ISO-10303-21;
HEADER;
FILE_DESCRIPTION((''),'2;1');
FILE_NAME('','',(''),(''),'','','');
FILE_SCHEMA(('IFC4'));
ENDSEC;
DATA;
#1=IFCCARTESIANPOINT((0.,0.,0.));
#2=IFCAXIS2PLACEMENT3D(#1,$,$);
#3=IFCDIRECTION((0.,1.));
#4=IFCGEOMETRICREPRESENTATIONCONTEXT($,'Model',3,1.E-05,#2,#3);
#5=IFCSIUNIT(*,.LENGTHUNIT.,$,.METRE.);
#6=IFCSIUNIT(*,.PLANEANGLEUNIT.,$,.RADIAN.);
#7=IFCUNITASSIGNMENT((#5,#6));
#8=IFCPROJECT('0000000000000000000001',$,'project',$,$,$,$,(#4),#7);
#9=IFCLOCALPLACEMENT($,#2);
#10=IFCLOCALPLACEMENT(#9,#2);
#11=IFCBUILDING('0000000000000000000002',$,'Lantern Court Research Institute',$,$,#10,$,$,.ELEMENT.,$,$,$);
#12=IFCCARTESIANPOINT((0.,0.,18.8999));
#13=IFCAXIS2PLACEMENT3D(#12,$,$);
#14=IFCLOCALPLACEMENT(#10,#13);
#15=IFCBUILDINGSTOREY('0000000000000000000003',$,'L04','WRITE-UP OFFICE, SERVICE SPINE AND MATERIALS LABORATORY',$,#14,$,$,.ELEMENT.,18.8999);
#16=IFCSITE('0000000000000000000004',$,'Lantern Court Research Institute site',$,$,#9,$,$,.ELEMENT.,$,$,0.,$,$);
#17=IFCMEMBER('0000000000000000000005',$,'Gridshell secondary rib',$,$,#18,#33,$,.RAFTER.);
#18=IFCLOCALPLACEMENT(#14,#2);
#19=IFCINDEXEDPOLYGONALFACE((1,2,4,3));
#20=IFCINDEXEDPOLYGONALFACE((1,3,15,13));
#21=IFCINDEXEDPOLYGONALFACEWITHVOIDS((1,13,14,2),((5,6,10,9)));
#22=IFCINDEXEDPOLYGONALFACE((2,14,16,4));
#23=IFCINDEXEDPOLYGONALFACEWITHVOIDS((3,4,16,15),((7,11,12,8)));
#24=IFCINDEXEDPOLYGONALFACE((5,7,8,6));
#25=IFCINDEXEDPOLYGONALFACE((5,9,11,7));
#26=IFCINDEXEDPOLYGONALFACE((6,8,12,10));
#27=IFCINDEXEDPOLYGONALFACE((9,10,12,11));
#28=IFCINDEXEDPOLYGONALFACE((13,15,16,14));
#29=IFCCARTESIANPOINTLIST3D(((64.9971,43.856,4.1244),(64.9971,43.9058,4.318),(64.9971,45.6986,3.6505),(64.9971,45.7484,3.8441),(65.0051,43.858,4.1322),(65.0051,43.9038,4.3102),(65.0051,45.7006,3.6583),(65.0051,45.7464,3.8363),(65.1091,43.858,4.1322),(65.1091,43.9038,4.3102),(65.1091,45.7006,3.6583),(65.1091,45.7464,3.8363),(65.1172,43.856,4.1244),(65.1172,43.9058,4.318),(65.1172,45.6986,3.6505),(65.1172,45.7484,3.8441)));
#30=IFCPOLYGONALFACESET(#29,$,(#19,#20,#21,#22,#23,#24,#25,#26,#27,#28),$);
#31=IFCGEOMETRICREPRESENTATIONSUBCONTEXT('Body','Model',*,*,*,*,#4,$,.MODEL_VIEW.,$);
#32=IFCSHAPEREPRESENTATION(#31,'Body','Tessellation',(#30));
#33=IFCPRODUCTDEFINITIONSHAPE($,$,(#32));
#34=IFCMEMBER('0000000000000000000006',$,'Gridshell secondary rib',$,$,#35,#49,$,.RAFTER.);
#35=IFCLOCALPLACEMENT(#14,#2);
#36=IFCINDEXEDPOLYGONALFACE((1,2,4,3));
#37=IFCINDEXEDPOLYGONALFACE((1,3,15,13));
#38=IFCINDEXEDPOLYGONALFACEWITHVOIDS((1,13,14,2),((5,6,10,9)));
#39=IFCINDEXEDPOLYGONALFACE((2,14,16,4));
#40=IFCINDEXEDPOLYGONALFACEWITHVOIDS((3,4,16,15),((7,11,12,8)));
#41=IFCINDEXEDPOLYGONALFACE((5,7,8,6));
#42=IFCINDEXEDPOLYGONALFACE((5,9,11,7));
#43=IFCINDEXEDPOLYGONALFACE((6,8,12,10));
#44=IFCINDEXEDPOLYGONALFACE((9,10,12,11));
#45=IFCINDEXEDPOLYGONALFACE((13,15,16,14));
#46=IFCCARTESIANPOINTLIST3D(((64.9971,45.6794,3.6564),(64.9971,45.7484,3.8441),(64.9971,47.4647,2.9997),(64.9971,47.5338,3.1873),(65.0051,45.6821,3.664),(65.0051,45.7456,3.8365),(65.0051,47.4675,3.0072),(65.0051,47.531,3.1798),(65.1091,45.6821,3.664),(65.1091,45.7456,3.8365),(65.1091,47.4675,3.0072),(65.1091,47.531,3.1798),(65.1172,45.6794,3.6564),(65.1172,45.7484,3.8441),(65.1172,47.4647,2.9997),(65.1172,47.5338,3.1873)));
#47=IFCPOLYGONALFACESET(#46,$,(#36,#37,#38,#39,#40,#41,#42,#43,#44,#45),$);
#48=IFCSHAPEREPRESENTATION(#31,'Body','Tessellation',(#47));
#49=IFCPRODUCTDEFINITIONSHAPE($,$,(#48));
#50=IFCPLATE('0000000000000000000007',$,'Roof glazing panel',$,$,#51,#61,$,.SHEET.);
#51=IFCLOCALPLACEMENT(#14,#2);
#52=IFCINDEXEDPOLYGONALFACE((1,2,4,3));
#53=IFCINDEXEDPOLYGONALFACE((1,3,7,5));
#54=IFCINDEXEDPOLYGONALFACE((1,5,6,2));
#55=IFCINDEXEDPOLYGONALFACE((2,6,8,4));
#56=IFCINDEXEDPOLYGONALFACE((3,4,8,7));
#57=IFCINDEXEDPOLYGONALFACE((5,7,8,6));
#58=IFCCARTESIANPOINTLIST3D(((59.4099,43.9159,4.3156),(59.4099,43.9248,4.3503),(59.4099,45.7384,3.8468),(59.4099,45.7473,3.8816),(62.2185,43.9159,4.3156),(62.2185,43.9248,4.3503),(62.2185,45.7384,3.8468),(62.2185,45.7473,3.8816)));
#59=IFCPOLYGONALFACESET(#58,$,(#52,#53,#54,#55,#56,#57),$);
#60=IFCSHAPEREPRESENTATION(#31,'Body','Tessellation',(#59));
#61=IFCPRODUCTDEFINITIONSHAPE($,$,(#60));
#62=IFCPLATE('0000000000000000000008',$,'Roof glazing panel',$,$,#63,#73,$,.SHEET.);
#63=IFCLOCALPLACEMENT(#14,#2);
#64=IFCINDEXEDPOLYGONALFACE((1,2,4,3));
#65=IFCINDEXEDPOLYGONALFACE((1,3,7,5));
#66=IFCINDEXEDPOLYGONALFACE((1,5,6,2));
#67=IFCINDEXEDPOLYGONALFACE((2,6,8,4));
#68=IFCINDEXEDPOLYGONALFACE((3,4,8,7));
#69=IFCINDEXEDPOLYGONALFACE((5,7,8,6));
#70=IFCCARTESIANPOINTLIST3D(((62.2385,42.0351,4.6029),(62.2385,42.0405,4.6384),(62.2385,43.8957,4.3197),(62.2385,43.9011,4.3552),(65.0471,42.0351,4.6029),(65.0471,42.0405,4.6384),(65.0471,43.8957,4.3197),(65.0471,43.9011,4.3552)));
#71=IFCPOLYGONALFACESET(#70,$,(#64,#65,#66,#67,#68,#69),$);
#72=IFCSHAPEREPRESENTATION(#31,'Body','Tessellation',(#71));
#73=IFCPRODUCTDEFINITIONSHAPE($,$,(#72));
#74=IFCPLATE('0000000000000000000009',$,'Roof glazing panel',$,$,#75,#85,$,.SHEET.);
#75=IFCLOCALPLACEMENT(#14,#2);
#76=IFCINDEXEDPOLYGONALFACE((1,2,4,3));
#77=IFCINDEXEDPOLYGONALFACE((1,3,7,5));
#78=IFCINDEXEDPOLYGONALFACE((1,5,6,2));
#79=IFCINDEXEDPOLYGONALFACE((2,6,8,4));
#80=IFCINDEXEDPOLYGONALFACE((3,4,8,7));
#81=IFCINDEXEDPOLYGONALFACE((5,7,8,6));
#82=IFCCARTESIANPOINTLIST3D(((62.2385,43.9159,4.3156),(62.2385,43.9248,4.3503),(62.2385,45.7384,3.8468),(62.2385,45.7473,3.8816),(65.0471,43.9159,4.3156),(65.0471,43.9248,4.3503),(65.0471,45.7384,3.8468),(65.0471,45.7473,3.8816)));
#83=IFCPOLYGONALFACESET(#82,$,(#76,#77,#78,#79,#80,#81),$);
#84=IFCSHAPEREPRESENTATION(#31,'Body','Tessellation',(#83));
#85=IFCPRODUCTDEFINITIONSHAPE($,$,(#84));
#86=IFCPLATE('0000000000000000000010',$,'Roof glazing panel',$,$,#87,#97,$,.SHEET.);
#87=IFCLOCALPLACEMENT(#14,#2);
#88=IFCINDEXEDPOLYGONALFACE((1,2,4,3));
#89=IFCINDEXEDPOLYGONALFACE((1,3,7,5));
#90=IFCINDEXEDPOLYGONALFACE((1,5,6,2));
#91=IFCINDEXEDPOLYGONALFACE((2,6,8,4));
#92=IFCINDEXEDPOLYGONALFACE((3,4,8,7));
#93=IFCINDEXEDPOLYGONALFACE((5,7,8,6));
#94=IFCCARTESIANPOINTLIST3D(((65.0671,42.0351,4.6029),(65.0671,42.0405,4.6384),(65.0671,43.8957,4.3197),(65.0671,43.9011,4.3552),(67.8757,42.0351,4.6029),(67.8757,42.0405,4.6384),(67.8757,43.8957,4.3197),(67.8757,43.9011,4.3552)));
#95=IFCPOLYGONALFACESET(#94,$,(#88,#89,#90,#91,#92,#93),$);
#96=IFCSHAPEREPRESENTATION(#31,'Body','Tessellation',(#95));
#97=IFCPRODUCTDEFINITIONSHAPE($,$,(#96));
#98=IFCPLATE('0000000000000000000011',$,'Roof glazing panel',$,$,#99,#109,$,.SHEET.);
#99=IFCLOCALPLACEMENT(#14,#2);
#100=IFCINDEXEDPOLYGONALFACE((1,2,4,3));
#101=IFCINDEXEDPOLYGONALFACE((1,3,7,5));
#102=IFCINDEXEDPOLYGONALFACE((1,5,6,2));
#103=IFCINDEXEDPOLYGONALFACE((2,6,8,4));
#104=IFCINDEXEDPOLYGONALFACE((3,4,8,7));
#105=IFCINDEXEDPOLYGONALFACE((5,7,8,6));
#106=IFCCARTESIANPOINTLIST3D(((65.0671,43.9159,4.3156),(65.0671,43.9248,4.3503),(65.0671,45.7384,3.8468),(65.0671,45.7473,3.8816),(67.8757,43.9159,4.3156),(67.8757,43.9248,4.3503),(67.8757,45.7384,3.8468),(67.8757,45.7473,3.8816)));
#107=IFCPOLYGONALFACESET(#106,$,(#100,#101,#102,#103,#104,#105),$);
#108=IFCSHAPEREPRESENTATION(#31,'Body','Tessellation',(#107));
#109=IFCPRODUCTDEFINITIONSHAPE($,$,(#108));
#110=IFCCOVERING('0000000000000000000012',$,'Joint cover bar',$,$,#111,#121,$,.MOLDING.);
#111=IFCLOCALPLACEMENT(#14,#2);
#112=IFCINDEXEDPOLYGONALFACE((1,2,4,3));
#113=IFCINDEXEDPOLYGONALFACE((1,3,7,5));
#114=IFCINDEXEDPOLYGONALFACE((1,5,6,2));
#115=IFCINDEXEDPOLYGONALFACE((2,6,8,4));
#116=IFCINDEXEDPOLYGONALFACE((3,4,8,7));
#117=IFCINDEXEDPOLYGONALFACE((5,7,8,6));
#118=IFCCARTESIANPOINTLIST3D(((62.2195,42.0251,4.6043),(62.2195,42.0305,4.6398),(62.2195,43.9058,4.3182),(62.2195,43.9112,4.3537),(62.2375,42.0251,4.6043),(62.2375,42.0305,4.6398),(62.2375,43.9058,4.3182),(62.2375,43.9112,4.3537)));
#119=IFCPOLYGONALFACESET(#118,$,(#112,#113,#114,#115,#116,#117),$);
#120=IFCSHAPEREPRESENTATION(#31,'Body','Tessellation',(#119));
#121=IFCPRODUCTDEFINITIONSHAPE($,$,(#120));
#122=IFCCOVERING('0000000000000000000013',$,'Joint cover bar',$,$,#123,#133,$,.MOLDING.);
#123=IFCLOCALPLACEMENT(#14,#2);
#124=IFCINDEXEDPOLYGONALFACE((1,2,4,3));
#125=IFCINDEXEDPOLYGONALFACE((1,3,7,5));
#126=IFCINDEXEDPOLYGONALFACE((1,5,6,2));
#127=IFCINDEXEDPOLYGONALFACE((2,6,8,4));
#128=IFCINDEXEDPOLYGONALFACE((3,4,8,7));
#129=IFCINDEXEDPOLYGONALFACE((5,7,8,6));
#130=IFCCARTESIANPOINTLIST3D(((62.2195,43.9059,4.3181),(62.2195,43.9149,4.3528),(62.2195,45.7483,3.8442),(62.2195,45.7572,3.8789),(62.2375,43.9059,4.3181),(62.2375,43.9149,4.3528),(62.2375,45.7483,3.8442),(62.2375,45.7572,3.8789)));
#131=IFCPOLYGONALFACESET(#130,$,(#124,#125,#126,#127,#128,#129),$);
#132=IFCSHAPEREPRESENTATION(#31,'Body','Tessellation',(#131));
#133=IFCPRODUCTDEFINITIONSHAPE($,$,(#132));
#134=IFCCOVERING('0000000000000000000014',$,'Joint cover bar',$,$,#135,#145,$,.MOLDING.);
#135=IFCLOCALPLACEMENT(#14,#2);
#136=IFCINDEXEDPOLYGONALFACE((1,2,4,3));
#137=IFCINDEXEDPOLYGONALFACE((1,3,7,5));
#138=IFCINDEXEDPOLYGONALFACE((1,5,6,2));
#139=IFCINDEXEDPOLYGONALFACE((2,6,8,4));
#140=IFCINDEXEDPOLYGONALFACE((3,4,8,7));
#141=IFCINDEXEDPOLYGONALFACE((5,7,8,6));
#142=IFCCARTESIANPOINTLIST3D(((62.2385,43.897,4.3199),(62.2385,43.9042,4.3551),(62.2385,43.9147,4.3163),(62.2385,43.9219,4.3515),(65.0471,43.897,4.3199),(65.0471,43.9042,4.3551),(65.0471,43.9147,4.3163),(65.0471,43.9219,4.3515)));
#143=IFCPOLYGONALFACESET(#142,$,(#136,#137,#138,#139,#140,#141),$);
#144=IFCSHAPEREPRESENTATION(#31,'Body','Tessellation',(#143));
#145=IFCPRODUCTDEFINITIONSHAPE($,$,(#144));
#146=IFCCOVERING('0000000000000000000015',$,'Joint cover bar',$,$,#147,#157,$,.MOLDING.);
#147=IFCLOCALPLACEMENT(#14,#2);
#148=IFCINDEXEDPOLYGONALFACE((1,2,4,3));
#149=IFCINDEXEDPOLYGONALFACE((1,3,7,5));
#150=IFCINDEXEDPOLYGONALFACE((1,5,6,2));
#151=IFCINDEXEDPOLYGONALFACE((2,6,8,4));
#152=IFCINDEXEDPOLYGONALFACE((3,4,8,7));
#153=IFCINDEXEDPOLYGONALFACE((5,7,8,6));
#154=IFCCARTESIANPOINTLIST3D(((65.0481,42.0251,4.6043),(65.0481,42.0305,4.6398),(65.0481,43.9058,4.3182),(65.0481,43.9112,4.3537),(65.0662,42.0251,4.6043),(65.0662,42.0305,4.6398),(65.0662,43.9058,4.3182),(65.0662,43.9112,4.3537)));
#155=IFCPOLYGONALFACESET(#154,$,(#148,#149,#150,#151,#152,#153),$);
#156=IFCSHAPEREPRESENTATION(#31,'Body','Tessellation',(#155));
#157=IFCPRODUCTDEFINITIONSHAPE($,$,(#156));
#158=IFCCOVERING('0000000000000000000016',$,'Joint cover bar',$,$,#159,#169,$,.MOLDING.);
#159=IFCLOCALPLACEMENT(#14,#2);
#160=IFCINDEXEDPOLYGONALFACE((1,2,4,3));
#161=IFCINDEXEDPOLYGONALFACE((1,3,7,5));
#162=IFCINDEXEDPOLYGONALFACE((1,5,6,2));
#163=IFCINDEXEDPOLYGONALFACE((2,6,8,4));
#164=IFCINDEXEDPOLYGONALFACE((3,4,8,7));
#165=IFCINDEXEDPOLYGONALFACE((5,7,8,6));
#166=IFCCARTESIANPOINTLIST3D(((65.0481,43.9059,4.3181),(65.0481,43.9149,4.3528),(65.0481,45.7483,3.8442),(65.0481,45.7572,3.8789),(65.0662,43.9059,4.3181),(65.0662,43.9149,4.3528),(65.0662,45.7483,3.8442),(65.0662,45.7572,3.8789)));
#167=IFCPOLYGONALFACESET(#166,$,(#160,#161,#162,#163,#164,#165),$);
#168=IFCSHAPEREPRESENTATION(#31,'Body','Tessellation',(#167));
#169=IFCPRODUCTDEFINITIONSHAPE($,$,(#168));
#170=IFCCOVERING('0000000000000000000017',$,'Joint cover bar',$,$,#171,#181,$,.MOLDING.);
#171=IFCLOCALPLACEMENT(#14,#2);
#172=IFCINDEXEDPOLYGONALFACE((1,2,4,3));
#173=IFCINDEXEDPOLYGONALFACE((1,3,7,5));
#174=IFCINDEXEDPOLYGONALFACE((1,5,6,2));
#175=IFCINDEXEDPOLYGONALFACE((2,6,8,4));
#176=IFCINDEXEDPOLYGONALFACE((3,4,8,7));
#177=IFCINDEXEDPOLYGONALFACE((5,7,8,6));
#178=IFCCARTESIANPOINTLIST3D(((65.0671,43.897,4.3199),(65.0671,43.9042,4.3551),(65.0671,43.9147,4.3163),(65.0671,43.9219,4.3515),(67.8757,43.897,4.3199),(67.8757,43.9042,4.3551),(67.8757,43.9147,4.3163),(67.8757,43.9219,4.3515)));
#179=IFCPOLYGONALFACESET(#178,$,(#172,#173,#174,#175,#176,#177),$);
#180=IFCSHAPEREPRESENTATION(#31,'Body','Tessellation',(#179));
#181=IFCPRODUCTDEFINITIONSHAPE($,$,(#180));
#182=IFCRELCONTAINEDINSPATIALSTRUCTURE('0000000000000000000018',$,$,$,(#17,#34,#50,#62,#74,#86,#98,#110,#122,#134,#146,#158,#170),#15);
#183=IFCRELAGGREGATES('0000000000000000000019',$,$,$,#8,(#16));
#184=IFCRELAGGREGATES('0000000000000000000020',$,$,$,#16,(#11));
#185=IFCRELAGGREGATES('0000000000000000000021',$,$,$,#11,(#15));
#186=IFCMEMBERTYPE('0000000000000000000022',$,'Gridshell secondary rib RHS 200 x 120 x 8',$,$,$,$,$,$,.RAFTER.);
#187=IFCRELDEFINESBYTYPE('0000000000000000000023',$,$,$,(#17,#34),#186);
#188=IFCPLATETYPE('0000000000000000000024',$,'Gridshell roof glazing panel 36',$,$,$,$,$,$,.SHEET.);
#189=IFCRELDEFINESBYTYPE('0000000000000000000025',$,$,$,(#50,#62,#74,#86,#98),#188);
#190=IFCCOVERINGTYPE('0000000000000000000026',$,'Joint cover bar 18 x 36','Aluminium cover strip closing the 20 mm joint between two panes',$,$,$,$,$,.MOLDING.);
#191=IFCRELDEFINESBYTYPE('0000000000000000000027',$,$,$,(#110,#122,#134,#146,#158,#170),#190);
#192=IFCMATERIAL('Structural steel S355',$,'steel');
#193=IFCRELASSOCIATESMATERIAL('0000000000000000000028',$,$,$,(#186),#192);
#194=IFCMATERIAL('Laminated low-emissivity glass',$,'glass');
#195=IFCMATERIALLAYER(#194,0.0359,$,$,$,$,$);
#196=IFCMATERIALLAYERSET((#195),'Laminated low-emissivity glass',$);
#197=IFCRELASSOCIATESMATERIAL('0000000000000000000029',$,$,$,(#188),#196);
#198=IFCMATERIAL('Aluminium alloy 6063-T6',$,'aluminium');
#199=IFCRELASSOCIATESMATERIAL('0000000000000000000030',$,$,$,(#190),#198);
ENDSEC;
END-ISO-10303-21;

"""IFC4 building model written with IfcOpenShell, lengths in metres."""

from ifc_helpers import new_model, si_unit, direction, frame, origin, origin_2d, place, context, subcontext, project, spatial, polyline, rectangle, hollow_rectangle, outline, extrude, material, layer, layer_set, material_profile, profile_set, type_object, element, save


model = new_model("IFC4")

# Units and contexts
model_context = context("Model", 3, precision=1e-05, world=origin(), true_north=direction((0.0, 1.0)))
body_context = subcontext(model_context, "Body", "Model", "MODEL_VIEW")
ifc_project = project(units=[si_unit("LENGTHUNIT", "METRE"), si_unit("PLANEANGLEUNIT", "RADIAN")], contexts=[model_context])

# Site, building, storey
site_placement = place(None, origin())
site = spatial("IfcSite", under=ifc_project, at=site_placement, Name="Lantern Court Research Institute site", CompositionType="ELEMENT", RefElevation=0.0)
building_placement = place(site_placement, origin())
building = spatial("IfcBuilding", under=site, at=building_placement, Name="Lantern Court Research Institute", CompositionType="ELEMENT")
storey_placement = place(building_placement, frame((0.0, 0.0, 18.8999)))
storey = spatial("IfcBuildingStorey", under=building, at=storey_placement, Name="L04", Description="WRITE-UP OFFICE, SERVICE SPINE AND MATERIALS LABORATORY", CompositionType="ELEMENT", Elevation=18.8999)

# Members
ifc_material_1 = material(Name="Structural steel S355", Category="steel")
ifc_material_profile_1 = material_profile(ifc_material_1, hollow_rectangle(XDim=0.1201, YDim=0.2, WallThickness=0.0081, at=origin_2d()), Name="Gridshell secondary rib RHS 200 x 120 x 8")
ifc_profile_set_1 = profile_set([ifc_material_profile_1], Name="Structural steel S355")
member_type_1 = type_object("IfcMemberType", Name="Gridshell secondary rib RHS 200 x 120 x 8", PredefinedType="RAFTER", material=ifc_profile_set_1)
member_1_placement = place(storey_placement, frame((65.0571, 43.8809, 4.2212), z_axis=(0.0, 0.968482, -0.249082), x_axis=(-1.0, 0.0, 0.0)))
element("IfcMember", 1, at=member_1_placement, inside=storey, type_object=member_type_1, Name="Gridshell secondary rib", PredefinedType="RAFTER", context=body_context, shape_type="SweptSolid", body=[
    extrude(hollow_rectangle(XDim=0.1201, YDim=0.2, WallThickness=0.0081, at=origin_2d()), origin(), (0.0, 0.0, 1.0), 1.9026),
])
member_2_placement = place(storey_placement, frame((65.0571, 45.7139, 3.7502), z_axis=(0.0, 0.93852, -0.345224), x_axis=(-1.0, 0.0, 0.0)))
element("IfcMember", 2, at=member_2_placement, inside=storey, type_object=member_type_1, Name="Gridshell secondary rib", PredefinedType="RAFTER", context=body_context, shape_type="SweptSolid", body=[
    extrude(hollow_rectangle(XDim=0.1201, YDim=0.2, WallThickness=0.0081, at=origin_2d()), origin(), (0.0, 0.0, 1.0), 1.9023),
])

# Plates
ifc_material_2 = material(Name="Laminated low-emissivity glass", Category="glass")
ifc_layer = layer(ifc_material_2, 0.0359)
ifc_layer_set = layer_set([ifc_layer], Name="Laminated low-emissivity glass")
plate_type = type_object("IfcPlateType", Name="Gridshell roof glazing panel 36", PredefinedType="SHEET", material=ifc_layer_set)
plate_1_placement = place(storey_placement, frame((62.2185, 43.9248, 4.3503), z_axis=(0.0, 0.249093, 0.96848), x_axis=(-1.0, 0.0, 0.0)))
element("IfcPlate", 3, at=plate_1_placement, inside=storey, type_object=plate_type, Name="Roof glazing panel", PredefinedType="SHEET", context=body_context, shape_type="SweptSolid", body=[
    extrude(outline(polyline([(0.0, 0.0), (2.8086, 0.0), (2.8086, -1.8818), (0.0, -1.8818), (0.0, 0.0)])), origin(), (0.0, 0.0, -1.0), 0.0359),
])
plate_2_placement = place(storey_placement, frame((65.0471, 42.0405, 4.6384), z_axis=(0.0, 0.150478, 0.988613), x_axis=(-1.0, 0.0, 0.0)))
element("IfcPlate", 4, at=plate_2_placement, inside=storey, type_object=plate_type, Name="Roof glazing panel", PredefinedType="SHEET", context=body_context, shape_type="SweptSolid", body=[
    extrude(outline(polyline([(0.0, 0.0), (2.8086, 0.0), (2.8086, -1.882), (0.0, -1.882), (0.0, 0.0)])), origin(), (0.0, 0.0, -1.0), 0.0359),
])
plate_3_placement = place(storey_placement, frame((65.0471, 43.9248, 4.3503), z_axis=(0.0, 0.249093, 0.96848), x_axis=(-1.0, 0.0, 0.0)))
element("IfcPlate", 5, at=plate_3_placement, inside=storey, type_object=plate_type, Name="Roof glazing panel", PredefinedType="SHEET", context=body_context, shape_type="SweptSolid", body=[
    extrude(outline(polyline([(0.0, 0.0), (2.8086, 0.0), (2.8086, -1.8818), (0.0, -1.8818), (0.0, 0.0)])), origin(), (0.0, 0.0, -1.0), 0.0359),
])
plate_4_placement = place(storey_placement, frame((67.8757, 42.0405, 4.6384), z_axis=(0.0, 0.150478, 0.988613), x_axis=(-1.0, 0.0, 0.0)))
element("IfcPlate", 6, at=plate_4_placement, inside=storey, type_object=plate_type, Name="Roof glazing panel", PredefinedType="SHEET", context=body_context, shape_type="SweptSolid", body=[
    extrude(outline(polyline([(0.0, 0.0), (2.8086, 0.0), (2.8086, -1.882), (0.0, -1.882), (0.0, 0.0)])), origin(), (0.0, 0.0, -1.0), 0.0359),
])
plate_5_placement = place(storey_placement, frame((67.8757, 43.9248, 4.3503), z_axis=(0.0, 0.249093, 0.96848), x_axis=(-1.0, 0.0, 0.0)))
element("IfcPlate", 7, at=plate_5_placement, inside=storey, type_object=plate_type, Name="Roof glazing panel", PredefinedType="SHEET", context=body_context, shape_type="SweptSolid", body=[
    extrude(outline(polyline([(0.0, 0.0), (2.8086, 0.0), (2.8086, -1.8818), (0.0, -1.8818), (0.0, 0.0)])), origin(), (0.0, 0.0, -1.0), 0.0359),
])

# Coverings
ifc_material_3 = material(Name="Aluminium alloy 6063-T6", Category="aluminium")
ifc_material_profile_2 = material_profile(ifc_material_3, rectangle(XDim=0.0181, YDim=0.0359, at=origin_2d()), Name="Joint cover bar 18 x 36")
ifc_profile_set_2 = profile_set([ifc_material_profile_2], Name="Aluminium alloy 6063-T6")
covering_type = type_object("IfcCoveringType", Name="Joint cover bar 18 x 36", Description="Aluminium cover strip closing the 20 mm joint between two panes", PredefinedType="MOLDING", material=ifc_profile_set_2)
for number, where, z_axis, x_axis, name in (
    (8, (62.2285, 42.0278, 4.6221), (0.0, 0.988623, -0.150417), (-1.0, 0.0, 0.0), "Joint cover bar"),
    (9, (62.2285, 43.9104, 4.3354), (0.0, 0.968474, -0.249113), (-1.0, 0.0, 0.0), "Joint cover bar"),
):
    element("IfcCovering", number, at=place(storey_placement, frame(where, z_axis=z_axis, x_axis=x_axis)), inside=storey, type_object=covering_type, Name=name, PredefinedType="MOLDING", context=body_context, shape_type="SweptSolid", body=[
        extrude(rectangle(XDim=0.0181, YDim=0.0359, at=origin_2d()), origin(), (0.0, 0.0, 1.0), 1.9023),
    ])
covering_1_placement = place(storey_placement, frame((62.2385, 43.9094, 4.3357), z_axis=(1.0, 0.0, 0.0), x_axis=(0.0, 0.979787, -0.200043)))
element("IfcCovering", 10, at=covering_1_placement, inside=storey, type_object=covering_type, Name="Joint cover bar", PredefinedType="MOLDING", context=body_context, shape_type="SweptSolid", body=[
    extrude(rectangle(XDim=0.0181, YDim=0.0359, at=origin_2d()), origin(), (0.0, 0.0, 1.0), 2.8086),
])
for number, where, z_axis, x_axis, name in (
    (11, (65.0571, 42.0278, 4.6221), (0.0, 0.988623, -0.150417), (-1.0, 0.0, 0.0), "Joint cover bar"),
    (12, (65.0571, 43.9104, 4.3354), (0.0, 0.968474, -0.249113), (-1.0, 0.0, 0.0), "Joint cover bar"),
):
    element("IfcCovering", number, at=place(storey_placement, frame(where, z_axis=z_axis, x_axis=x_axis)), inside=storey, type_object=covering_type, Name=name, PredefinedType="MOLDING", context=body_context, shape_type="SweptSolid", body=[
        extrude(rectangle(XDim=0.0181, YDim=0.0359, at=origin_2d()), origin(), (0.0, 0.0, 1.0), 1.9023),
    ])
covering_2_placement = place(storey_placement, frame((65.0671, 43.9094, 4.3357), z_axis=(1.0, 0.0, 0.0), x_axis=(0.0, 0.979787, -0.200043)))
element("IfcCovering", 13, at=covering_2_placement, inside=storey, type_object=covering_type, Name="Joint cover bar", PredefinedType="MOLDING", context=body_context, shape_type="SweptSolid", body=[
    extrude(rectangle(XDim=0.0181, YDim=0.0359, at=origin_2d()), origin(), (0.0, 0.0, 1.0), 2.8086),
])

save(model, "model.ifc")
